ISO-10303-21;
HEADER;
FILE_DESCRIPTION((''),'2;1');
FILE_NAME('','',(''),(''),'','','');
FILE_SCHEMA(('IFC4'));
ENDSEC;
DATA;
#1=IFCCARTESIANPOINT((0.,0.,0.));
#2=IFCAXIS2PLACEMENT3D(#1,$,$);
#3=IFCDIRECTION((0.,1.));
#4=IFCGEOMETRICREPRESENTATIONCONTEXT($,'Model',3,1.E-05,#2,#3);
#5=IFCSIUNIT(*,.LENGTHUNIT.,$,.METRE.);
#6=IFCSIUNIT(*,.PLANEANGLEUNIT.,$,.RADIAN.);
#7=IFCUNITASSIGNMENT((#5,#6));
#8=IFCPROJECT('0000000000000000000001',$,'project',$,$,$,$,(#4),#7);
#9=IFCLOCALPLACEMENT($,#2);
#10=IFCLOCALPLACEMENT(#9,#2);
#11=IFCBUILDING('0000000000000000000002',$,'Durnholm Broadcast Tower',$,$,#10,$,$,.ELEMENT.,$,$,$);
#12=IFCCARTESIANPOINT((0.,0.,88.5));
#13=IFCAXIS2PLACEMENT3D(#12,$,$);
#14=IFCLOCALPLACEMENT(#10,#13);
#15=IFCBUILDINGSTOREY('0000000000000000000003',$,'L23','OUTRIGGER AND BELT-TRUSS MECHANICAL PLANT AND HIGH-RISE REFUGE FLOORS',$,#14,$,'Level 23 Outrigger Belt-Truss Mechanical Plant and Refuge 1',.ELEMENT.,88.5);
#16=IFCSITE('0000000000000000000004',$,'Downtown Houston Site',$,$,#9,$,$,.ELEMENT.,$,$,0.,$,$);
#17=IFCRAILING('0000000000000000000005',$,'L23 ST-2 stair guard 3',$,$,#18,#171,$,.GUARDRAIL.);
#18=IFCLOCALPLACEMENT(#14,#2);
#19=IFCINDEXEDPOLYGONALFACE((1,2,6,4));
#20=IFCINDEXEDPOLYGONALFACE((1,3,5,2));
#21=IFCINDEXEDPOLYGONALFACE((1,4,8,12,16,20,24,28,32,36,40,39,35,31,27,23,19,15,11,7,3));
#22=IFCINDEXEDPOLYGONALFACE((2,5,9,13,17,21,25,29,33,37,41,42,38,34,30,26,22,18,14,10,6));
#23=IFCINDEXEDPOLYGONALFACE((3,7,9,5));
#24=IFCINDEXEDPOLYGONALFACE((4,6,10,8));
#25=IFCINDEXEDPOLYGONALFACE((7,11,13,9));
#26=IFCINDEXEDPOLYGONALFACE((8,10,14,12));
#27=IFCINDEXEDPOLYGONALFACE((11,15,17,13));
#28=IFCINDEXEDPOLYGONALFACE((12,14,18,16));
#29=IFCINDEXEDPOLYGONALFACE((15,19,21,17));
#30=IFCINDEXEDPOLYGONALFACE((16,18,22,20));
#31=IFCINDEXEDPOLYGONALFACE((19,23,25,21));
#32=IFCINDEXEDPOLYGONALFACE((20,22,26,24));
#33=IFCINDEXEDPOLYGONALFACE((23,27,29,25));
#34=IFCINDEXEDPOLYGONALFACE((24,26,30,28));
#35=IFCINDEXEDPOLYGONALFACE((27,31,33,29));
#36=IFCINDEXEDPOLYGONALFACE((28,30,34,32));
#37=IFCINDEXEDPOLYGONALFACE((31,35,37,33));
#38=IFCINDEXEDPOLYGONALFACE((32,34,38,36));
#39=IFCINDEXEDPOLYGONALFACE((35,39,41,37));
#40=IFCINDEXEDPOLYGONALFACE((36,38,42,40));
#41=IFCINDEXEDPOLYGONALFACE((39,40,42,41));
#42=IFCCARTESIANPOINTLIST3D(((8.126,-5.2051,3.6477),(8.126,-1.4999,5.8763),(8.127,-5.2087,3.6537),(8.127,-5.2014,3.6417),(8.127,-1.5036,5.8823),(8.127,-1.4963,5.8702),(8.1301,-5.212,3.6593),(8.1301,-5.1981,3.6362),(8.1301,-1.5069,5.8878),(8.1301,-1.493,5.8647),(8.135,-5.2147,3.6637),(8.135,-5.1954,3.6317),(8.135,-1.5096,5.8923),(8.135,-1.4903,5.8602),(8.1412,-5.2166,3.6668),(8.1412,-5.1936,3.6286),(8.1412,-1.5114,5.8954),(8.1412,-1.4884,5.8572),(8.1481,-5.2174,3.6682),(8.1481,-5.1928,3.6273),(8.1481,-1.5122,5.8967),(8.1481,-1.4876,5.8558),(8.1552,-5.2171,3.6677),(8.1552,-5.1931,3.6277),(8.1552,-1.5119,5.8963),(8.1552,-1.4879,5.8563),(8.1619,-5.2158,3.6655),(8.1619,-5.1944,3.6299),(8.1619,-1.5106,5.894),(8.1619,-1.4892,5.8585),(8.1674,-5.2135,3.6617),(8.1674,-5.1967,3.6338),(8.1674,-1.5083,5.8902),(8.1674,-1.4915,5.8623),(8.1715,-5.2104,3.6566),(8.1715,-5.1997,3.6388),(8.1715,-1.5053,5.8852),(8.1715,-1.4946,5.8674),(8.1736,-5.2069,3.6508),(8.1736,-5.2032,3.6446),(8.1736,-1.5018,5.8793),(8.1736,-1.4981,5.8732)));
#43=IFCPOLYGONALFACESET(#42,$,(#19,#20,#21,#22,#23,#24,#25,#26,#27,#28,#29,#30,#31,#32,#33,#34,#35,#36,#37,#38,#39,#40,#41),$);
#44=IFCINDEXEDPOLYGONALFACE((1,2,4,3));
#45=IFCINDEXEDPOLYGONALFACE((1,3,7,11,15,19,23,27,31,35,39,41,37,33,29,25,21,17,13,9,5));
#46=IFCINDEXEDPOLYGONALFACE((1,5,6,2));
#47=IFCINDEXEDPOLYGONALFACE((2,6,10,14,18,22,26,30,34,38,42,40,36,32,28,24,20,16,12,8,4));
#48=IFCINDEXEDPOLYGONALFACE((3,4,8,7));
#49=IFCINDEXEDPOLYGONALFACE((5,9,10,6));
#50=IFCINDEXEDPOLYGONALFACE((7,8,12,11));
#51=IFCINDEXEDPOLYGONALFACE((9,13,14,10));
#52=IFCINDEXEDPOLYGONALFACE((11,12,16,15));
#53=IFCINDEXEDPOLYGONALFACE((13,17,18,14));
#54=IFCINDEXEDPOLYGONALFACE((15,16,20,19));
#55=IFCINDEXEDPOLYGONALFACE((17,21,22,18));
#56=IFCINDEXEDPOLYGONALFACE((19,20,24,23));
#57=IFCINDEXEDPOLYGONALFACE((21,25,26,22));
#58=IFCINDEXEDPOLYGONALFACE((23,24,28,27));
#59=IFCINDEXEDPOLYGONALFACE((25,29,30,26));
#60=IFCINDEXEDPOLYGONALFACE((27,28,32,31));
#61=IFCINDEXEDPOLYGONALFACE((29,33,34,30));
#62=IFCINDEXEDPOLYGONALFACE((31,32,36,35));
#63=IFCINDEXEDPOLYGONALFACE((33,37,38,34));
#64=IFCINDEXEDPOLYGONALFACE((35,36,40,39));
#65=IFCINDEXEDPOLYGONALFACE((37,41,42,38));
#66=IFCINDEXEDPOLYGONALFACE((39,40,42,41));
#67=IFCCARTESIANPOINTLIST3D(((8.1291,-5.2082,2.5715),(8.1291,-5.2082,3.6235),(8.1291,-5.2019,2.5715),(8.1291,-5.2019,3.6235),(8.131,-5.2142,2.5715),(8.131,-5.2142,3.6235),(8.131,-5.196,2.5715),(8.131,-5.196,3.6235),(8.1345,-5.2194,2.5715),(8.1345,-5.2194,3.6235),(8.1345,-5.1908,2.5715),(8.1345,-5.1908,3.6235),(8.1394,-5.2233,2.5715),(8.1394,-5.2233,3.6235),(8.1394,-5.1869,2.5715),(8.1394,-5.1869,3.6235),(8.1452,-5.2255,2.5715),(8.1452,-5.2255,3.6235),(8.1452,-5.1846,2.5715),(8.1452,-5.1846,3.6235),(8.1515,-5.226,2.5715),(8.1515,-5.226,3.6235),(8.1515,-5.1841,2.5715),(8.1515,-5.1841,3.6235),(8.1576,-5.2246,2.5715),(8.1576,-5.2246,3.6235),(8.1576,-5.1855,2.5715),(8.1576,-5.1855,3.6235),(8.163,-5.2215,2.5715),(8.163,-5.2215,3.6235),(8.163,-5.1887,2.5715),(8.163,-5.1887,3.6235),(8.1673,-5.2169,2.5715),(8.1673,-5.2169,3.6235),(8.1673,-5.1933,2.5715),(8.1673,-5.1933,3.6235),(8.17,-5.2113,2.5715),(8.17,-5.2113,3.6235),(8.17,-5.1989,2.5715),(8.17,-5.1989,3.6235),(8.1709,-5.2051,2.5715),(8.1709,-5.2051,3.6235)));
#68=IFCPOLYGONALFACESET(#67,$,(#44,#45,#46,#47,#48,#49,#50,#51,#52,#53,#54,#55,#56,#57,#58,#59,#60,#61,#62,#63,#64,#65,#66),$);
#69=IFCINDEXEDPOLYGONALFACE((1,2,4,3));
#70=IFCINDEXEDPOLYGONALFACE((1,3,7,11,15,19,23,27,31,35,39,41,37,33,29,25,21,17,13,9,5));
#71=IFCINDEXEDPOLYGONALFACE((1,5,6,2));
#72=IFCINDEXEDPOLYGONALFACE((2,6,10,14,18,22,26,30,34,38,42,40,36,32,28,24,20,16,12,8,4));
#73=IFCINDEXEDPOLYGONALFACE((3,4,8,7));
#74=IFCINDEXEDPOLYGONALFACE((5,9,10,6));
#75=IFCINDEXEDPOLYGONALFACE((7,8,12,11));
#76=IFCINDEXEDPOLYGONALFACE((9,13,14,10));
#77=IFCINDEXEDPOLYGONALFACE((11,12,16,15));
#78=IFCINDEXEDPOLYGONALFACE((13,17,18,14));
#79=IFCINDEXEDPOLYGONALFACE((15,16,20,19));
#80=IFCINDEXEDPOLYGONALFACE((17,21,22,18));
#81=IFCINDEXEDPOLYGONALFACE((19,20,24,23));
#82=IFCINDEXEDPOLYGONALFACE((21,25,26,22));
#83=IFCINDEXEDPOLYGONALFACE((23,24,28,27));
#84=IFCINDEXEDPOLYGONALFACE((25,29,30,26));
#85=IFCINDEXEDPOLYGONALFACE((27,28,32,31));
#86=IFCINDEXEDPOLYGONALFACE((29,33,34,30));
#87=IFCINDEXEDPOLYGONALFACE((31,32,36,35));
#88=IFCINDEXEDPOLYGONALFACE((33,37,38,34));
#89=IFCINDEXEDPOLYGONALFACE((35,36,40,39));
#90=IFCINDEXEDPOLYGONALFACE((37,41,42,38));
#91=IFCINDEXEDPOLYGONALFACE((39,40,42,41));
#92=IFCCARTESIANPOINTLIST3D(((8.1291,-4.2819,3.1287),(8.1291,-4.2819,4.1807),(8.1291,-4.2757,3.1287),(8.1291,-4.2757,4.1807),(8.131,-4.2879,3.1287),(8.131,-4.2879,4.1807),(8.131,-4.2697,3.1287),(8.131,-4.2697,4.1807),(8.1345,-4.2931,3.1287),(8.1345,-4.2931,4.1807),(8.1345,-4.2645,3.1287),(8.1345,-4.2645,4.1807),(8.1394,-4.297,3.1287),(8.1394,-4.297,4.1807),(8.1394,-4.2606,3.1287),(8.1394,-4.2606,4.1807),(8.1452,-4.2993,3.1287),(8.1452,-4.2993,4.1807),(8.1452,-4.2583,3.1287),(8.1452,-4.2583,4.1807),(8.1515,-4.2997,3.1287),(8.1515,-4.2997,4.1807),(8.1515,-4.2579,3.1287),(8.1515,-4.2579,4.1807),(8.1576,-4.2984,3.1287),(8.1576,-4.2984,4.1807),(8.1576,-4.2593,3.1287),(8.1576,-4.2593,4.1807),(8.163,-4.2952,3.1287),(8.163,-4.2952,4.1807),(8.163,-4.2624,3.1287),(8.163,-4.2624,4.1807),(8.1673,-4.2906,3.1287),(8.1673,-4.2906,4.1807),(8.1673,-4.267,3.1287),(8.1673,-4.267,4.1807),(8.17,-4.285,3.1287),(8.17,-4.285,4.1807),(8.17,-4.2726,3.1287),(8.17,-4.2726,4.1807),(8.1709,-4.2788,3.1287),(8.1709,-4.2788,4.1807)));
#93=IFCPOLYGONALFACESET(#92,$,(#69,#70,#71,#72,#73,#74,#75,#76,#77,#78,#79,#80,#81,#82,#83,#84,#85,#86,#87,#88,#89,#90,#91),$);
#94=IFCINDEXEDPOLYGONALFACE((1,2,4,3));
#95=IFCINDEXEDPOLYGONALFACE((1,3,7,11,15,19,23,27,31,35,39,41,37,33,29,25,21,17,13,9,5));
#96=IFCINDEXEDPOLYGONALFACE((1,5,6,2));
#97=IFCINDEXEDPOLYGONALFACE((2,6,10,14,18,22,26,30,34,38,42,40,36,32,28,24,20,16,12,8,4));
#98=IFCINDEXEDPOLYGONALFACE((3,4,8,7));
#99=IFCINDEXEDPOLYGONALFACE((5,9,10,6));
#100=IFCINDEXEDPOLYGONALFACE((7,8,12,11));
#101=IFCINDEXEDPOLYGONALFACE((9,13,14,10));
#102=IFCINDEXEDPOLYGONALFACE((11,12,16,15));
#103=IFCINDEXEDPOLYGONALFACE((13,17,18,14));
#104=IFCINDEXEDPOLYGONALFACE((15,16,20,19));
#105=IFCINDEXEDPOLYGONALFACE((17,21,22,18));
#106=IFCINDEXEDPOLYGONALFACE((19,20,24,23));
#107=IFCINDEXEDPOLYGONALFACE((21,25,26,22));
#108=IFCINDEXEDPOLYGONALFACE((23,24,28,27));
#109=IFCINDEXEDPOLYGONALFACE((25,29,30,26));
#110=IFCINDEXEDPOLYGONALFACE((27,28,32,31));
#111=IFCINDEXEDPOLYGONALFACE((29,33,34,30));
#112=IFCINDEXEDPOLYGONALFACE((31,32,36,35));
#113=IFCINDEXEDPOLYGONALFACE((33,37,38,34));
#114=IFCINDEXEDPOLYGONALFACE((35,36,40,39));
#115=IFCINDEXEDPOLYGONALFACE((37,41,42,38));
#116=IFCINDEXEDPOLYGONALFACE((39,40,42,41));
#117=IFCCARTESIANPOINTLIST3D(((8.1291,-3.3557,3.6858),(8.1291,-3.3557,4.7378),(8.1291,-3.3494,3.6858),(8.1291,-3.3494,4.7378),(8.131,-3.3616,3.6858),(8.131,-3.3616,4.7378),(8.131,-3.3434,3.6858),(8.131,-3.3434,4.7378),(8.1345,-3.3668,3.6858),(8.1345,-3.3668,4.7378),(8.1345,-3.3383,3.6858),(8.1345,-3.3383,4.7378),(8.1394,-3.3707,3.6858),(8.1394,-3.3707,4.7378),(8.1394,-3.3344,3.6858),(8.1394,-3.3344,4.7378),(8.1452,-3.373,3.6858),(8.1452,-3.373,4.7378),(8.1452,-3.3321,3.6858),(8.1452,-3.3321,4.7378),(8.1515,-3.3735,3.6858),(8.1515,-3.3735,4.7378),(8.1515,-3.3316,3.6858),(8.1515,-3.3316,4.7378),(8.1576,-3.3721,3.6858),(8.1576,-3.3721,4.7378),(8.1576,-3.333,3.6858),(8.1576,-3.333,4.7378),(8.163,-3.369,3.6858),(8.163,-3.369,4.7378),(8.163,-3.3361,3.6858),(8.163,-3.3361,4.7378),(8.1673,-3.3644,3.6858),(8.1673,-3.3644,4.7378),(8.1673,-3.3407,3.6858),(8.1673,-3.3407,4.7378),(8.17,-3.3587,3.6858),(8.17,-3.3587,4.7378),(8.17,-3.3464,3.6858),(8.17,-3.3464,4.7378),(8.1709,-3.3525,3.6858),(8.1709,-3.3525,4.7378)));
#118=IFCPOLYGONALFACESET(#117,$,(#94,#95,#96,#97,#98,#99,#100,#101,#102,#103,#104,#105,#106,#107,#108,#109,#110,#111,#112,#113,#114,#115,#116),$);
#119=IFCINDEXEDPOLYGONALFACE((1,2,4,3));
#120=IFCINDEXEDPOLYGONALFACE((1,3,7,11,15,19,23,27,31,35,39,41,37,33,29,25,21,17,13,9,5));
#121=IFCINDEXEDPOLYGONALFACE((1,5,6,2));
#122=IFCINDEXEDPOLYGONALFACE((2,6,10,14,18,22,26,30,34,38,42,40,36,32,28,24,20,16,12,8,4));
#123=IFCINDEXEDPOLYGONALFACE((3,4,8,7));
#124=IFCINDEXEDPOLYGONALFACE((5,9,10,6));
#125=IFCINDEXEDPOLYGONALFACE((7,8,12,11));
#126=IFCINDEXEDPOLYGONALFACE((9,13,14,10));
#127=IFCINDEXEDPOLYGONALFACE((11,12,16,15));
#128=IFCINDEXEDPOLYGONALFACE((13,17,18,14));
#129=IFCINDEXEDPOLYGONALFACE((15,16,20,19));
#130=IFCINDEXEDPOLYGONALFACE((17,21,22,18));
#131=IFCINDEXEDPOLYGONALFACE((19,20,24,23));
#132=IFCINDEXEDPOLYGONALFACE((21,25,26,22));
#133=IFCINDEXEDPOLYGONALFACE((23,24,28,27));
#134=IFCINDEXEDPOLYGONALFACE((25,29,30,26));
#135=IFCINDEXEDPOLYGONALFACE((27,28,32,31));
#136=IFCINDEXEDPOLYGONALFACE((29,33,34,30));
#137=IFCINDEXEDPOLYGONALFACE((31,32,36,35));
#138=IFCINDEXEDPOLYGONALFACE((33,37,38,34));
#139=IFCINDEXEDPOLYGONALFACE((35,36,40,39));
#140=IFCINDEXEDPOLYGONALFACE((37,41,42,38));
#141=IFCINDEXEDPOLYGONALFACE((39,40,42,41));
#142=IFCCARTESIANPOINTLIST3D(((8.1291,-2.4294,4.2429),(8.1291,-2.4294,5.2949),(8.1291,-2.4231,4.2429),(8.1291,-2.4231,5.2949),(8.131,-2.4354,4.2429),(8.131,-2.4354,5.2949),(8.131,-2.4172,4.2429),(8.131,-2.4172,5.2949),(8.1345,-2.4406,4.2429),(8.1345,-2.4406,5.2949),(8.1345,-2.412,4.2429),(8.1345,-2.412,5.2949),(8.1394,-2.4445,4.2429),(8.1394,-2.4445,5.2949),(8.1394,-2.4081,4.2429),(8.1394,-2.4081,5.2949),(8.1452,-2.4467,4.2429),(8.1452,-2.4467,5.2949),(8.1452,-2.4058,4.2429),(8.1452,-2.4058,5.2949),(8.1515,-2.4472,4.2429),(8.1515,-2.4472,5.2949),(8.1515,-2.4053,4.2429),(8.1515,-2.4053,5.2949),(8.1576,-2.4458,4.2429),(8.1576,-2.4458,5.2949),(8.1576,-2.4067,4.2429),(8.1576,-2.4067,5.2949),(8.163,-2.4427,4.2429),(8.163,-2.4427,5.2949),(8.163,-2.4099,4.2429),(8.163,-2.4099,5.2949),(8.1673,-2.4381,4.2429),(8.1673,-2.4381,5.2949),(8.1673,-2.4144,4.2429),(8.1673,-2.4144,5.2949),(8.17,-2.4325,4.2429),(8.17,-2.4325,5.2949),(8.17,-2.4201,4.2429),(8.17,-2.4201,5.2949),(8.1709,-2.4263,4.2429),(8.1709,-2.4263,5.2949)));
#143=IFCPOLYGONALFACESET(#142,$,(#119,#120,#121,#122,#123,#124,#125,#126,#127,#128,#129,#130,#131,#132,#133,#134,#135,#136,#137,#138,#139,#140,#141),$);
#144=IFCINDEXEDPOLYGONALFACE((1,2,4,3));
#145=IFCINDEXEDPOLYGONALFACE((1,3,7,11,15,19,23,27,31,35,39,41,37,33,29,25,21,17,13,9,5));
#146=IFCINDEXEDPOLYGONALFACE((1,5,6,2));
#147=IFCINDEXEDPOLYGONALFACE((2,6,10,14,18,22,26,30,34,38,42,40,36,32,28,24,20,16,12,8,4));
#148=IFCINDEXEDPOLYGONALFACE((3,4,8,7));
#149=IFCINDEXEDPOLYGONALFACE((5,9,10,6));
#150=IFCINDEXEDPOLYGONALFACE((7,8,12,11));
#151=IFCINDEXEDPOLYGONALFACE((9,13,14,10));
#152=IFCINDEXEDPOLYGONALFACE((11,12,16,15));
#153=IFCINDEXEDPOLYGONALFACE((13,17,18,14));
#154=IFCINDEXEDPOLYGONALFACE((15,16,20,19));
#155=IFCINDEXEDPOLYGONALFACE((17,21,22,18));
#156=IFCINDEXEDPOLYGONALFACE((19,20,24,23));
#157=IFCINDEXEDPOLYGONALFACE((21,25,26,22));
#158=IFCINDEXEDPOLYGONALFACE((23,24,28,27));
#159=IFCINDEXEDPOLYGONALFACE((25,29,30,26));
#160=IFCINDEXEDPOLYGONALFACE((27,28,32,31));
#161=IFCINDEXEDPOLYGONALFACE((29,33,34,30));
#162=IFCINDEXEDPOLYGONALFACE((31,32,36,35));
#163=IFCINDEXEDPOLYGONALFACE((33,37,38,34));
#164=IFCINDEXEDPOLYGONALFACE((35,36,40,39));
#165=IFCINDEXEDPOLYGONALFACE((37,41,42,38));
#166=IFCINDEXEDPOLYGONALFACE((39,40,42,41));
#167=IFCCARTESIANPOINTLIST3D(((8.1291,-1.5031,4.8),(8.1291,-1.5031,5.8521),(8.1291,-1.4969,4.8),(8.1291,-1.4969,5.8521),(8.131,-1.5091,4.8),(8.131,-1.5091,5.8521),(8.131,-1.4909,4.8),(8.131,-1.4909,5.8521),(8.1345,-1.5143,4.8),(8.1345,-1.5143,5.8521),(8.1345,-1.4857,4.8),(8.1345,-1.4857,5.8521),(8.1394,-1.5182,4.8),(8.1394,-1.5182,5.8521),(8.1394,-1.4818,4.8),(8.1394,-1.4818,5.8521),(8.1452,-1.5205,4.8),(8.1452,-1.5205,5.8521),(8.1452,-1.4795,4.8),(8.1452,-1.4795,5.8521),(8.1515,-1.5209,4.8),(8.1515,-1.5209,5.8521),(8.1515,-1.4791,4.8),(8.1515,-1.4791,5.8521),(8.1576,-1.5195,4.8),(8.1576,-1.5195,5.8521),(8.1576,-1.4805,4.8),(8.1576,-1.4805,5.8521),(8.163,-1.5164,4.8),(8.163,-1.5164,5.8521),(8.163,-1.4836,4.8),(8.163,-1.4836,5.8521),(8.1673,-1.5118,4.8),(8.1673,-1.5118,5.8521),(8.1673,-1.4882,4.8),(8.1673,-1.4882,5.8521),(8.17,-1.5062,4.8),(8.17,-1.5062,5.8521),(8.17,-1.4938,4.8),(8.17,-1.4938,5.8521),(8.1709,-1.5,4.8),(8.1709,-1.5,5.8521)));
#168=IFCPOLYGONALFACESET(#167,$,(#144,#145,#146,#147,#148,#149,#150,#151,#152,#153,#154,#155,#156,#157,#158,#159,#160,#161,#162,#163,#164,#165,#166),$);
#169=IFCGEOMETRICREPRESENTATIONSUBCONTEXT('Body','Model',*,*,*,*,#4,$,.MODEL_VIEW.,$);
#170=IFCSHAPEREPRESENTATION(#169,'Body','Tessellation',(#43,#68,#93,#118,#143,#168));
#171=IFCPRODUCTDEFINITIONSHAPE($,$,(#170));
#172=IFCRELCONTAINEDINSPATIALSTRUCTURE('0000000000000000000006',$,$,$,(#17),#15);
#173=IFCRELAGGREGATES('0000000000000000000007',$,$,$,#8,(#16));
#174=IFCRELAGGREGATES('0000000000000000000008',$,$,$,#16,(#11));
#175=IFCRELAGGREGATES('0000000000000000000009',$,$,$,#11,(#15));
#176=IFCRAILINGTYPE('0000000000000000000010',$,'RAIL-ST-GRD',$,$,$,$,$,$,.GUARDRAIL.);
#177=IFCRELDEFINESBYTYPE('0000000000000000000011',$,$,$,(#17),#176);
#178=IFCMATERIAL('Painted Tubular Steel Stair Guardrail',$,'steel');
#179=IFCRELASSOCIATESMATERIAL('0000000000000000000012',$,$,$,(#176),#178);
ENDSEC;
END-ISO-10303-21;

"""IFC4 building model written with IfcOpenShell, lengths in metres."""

from ifc_helpers import new_model, si_unit, direction, frame, origin, origin_2d, place, context, subcontext, project, spatial, circle, extrude, material, type_object, element, save


model = new_model("IFC4")

# Units and contexts
model_context = context("Model", 3, precision=1e-05, world=origin(), true_north=direction((0.0, 1.0)))
body_context = subcontext(model_context, "Body", "Model", "MODEL_VIEW")
ifc_project = project(units=[si_unit("LENGTHUNIT", "METRE"), si_unit("PLANEANGLEUNIT", "RADIAN")], contexts=[model_context])

# Site, building, storey
site_placement = place(None, origin())
site = spatial("IfcSite", under=ifc_project, at=site_placement, Name="Downtown Houston Site", CompositionType="ELEMENT", RefElevation=0.0)
building_placement = place(site_placement, origin())
building = spatial("IfcBuilding", under=site, at=building_placement, Name="Durnholm Broadcast Tower", CompositionType="ELEMENT")
storey_placement = place(building_placement, frame((0.0, 0.0, 88.5)))
storey = spatial("IfcBuildingStorey", under=building, at=storey_placement, Name="L23", Description="OUTRIGGER AND BELT-TRUSS MECHANICAL PLANT AND HIGH-RISE REFUGE FLOORS", LongName="Level 23 Outrigger Belt-Truss Mechanical Plant and Refuge 1", CompositionType="ELEMENT", Elevation=88.5)

# Railing
ifc_material_1 = material(Name="Painted Tubular Steel Stair Guardrail", Category="steel")
railing_type_1 = type_object("IfcRailingType", Name="RAIL-ST-GRD", PredefinedType="GUARDRAIL", material=ifc_material_1)
railing_1_placement = place(storey_placement, frame((8.1499, -5.2051, 2.5715)))
element("IfcRailing", 1, at=railing_1_placement, inside=storey, type_object=railing_type_1, Name="L23 ST-2 stair guard 3", PredefinedType="GUARDRAIL", context=body_context, shape_type="SweptSolid", body=[
    extrude(circle(Radius=0.0239, at=origin_2d()), frame((0.0, 0.0, 1.0762), z_axis=(0.0, 0.856934, 0.515425), x_axis=(-1.0, 0.0, 0.0)), (0.0, 0.0, 1.0), 4.3237),
    extrude(circle(Radius=0.021, at=origin_2d()), origin(), (0.0, 0.0, 1.0), 1.052),
    extrude(circle(Radius=0.021, at=origin_2d()), frame((0.0, 0.9263, 0.5571)), (0.0, 0.0, 1.0), 1.052),
    extrude(circle(Radius=0.021, at=origin_2d()), frame((0.0, 1.8525, 1.1143)), (0.0, 0.0, 1.0), 1.052),
    extrude(circle(Radius=0.021, at=origin_2d()), frame((0.0, 2.7788, 1.6714)), (0.0, 0.0, 1.0), 1.052),
    extrude(circle(Radius=0.021, at=origin_2d()), frame((0.0, 3.7051, 2.2285)), (0.0, 0.0, 1.0), 1.052),
])

save(model, "model.ifc")
